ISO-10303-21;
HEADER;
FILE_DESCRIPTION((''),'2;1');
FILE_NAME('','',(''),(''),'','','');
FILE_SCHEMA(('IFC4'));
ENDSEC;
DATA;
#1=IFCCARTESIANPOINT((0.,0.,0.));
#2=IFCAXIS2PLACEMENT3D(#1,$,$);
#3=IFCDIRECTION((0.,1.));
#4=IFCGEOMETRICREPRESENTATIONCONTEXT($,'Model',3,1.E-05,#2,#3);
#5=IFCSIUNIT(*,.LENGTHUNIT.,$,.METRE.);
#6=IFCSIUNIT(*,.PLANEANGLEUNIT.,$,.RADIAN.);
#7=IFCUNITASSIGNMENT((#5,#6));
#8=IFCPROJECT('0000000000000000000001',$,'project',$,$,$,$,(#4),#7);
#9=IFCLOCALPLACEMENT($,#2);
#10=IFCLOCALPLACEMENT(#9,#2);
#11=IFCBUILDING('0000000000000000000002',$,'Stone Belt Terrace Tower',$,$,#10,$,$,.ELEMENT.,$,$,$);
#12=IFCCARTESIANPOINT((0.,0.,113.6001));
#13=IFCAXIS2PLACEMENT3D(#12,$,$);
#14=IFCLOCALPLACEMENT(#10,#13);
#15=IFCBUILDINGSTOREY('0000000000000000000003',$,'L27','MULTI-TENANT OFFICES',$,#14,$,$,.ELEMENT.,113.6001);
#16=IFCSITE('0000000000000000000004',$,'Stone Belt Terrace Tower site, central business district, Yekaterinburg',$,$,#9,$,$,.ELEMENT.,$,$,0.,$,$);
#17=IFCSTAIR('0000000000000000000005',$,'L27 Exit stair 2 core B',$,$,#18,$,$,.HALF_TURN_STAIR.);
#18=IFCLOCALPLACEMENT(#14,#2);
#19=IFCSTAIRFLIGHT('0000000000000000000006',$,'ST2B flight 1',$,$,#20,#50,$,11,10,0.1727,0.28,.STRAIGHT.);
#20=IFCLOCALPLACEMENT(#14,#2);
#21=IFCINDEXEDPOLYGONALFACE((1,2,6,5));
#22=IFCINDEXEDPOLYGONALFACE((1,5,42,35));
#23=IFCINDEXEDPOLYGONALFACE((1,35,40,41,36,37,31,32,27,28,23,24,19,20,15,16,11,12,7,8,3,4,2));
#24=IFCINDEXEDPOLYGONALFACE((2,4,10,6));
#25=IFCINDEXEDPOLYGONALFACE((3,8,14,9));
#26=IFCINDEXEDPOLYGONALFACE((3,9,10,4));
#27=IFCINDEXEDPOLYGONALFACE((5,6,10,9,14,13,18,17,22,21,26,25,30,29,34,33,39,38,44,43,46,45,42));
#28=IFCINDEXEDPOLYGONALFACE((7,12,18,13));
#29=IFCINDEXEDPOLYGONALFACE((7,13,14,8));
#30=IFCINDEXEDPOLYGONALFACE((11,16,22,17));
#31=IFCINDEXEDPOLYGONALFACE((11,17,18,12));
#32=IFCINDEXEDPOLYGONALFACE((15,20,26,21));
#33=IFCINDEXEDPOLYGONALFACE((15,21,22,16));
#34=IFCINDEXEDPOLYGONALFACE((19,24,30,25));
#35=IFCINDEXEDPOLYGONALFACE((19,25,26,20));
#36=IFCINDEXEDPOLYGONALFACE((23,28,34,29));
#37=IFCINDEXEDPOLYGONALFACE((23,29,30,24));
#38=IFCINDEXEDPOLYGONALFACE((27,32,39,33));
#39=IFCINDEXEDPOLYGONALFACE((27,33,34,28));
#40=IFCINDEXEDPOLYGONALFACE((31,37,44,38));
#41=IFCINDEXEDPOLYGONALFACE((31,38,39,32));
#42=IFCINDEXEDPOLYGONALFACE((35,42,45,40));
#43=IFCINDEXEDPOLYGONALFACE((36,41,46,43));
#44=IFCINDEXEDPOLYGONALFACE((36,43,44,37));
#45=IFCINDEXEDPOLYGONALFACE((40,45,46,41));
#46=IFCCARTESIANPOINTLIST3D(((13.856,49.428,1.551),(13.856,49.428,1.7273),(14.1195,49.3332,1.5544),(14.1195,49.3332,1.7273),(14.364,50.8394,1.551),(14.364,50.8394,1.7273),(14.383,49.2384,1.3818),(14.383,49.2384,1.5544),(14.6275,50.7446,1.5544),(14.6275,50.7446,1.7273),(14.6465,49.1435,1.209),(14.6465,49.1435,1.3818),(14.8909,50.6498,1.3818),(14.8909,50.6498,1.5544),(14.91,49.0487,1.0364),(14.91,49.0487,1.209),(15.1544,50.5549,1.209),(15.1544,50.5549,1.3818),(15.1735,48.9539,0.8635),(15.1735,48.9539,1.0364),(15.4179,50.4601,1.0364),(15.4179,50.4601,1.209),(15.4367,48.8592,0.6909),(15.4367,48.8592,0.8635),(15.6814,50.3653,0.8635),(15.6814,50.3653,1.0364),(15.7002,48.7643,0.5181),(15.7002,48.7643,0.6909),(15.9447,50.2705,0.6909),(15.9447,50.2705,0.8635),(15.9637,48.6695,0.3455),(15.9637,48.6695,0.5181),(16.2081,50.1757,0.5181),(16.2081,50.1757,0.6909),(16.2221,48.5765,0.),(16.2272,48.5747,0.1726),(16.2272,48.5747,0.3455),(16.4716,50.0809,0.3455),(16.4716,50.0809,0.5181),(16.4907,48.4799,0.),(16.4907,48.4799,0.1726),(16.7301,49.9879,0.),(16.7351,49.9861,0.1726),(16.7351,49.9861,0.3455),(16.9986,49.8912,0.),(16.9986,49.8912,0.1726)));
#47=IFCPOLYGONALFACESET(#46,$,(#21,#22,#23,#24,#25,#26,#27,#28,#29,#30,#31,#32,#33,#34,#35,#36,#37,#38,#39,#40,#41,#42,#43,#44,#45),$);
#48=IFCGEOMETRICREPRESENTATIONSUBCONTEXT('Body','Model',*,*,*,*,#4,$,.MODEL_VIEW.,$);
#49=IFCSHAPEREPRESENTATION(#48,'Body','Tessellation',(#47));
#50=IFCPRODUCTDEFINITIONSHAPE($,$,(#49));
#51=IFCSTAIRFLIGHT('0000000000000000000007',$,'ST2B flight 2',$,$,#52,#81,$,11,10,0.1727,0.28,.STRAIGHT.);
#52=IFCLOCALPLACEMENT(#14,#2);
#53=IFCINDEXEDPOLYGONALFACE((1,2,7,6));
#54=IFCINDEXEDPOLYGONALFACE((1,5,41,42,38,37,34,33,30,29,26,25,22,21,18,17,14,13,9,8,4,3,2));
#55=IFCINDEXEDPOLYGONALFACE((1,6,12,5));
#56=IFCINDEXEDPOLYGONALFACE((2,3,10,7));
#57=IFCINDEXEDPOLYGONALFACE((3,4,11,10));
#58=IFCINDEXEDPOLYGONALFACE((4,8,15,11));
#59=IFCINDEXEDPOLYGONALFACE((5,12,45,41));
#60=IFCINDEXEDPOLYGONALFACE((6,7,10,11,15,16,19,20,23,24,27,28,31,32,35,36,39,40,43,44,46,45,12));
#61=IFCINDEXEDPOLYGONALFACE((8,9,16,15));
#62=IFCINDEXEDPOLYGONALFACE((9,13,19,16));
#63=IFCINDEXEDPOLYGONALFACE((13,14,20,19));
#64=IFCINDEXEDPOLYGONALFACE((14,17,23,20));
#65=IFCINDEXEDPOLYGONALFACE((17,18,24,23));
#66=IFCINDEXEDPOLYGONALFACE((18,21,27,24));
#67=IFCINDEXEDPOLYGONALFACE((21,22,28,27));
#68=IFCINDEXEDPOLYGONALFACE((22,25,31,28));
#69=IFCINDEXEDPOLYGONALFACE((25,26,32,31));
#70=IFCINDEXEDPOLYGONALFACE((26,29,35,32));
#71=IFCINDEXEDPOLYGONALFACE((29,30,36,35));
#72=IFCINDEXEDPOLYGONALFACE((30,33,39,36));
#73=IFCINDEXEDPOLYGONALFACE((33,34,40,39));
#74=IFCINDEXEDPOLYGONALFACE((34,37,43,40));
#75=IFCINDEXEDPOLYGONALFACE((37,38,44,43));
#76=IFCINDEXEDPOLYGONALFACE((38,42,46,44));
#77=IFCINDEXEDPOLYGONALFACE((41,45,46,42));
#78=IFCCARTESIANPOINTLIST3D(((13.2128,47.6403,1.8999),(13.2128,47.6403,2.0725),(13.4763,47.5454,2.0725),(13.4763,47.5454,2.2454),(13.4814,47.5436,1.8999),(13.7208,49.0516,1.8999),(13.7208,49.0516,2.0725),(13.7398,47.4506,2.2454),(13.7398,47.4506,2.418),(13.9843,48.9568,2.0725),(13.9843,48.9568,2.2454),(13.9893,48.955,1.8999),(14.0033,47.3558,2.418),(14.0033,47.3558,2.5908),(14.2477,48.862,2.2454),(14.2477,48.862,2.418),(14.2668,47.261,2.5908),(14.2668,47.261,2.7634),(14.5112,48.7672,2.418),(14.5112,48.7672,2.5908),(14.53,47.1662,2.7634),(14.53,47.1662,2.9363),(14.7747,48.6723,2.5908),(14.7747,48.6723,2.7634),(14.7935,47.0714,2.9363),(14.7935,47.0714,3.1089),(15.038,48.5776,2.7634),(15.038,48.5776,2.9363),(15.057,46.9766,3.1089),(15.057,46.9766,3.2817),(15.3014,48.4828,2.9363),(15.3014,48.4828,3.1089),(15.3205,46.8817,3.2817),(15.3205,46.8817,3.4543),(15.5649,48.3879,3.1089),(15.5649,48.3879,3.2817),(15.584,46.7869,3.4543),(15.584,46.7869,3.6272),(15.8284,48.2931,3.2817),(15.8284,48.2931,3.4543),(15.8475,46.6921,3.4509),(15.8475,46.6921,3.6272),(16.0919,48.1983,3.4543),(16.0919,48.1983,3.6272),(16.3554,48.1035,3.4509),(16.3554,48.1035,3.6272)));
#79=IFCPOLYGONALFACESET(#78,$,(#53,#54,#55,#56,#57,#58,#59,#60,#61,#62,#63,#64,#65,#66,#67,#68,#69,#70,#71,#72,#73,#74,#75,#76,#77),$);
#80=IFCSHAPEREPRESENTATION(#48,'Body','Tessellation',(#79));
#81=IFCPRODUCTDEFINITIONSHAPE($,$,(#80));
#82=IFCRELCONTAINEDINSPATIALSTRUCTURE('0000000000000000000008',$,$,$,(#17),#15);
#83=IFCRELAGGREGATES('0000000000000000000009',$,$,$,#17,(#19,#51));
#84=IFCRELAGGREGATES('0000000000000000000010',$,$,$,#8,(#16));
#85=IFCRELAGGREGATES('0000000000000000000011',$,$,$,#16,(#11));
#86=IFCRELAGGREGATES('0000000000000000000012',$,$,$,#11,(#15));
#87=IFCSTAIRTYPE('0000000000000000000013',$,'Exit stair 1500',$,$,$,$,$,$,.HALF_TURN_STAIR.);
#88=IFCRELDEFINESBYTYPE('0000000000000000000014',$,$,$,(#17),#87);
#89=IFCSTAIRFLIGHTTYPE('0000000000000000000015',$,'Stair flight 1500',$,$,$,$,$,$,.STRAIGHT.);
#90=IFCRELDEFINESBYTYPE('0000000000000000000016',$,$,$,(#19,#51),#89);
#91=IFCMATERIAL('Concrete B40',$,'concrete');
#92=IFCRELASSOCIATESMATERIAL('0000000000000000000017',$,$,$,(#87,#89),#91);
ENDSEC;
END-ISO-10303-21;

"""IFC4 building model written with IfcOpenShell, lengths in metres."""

from ifc_helpers import new_model, si_unit, direction, frame, origin, place, context, subcontext, project, spatial, polyline, outline, extrude, material, type_object, element, aggregate, save


model = new_model("IFC4")

# Units and contexts
model_context = context("Model", 3, precision=1e-05, world=origin(), true_north=direction((0.0, 1.0)))
body_context = subcontext(model_context, "Body", "Model", "MODEL_VIEW")
ifc_project = project(units=[si_unit("LENGTHUNIT", "METRE"), si_unit("PLANEANGLEUNIT", "RADIAN")], contexts=[model_context])

# Site, building, storey
site_placement = place(None, origin())
site = spatial("IfcSite", under=ifc_project, at=site_placement, Name="Stone Belt Terrace Tower site, central business district, Yekaterinburg", CompositionType="ELEMENT", RefElevation=0.0)
building_placement = place(site_placement, origin())
building = spatial("IfcBuilding", under=site, at=building_placement, Name="Stone Belt Terrace Tower", CompositionType="ELEMENT")
storey_placement = place(building_placement, frame((0.0, 0.0, 113.6001)))
storey = spatial("IfcBuildingStorey", under=building, at=storey_placement, Name="L27", Description="MULTI-TENANT OFFICES", CompositionType="ELEMENT", Elevation=113.6001)

# Stair, stair flights
ifc_material_1 = material(Name="Concrete B40", Category="concrete")
stair_type = type_object("IfcStairType", Name="Exit stair 1500", PredefinedType="HALF_TURN_STAIR", material=ifc_material_1)
stair_placement = place(storey_placement, origin())
stair = element("IfcStair", 1, at=stair_placement, inside=storey, type_object=stair_type, Name="L27 Exit stair 2 core B", PredefinedType="HALF_TURN_STAIR")
stair_flight_type = type_object("IfcStairFlightType", Name="Stair flight 1500", PredefinedType="STRAIGHT", material=ifc_material_1)
stair_flight_1_placement = place(storey_placement, frame((16.7446, 49.1855, 0.0), z_axis=(0.0, 0.0, 1.0), x_axis=(-0.940922, 0.338624, 0.0)))
stair_flight_1 = element("IfcStairFlight", 2, at=stair_flight_1_placement, type_object=stair_flight_type, Name="ST2B flight 1", NumberOfRisers=11, NumberOfTreads=10, PredefinedType="STRAIGHT", RiserHeight=0.1727, TreadLength=0.28, context=body_context, shape_type="SweptSolid", body=[
    extrude(outline(polyline([(0.0, 0.0), (0.0, 0.1726), (0.28, 0.1726), (0.28, 0.3455), (0.5601, 0.3455), (0.5601, 0.5181), (0.8401, 0.5181), (0.8401, 0.6909), (1.1201, 0.6909), (1.1201, 0.8635), (1.3999, 0.8635), (1.3999, 1.0364), (1.6799, 1.0364), (1.6799, 1.209), (1.96, 1.209), (1.96, 1.3818), (2.24, 1.3818), (2.24, 1.5544), (2.52, 1.5544), (2.52, 1.7273), (2.8, 1.7273), (2.8, 1.8999), (2.8, 1.551), (0.2854, 0.0), (0.0, 0.0)])), frame((0.0, 0.75, 0.0), z_axis=(0.0, -1.0, 0.0), x_axis=(1.0, 0.0, 0.0)), (0.0, 0.0, 1.0), 1.5),
])
stair_flight_2_placement = place(storey_placement, frame((13.4668, 48.3459, 1.8999), z_axis=(0.0, 0.0, 1.0), x_axis=(0.940922, -0.338624, 0.0)))
stair_flight_2 = element("IfcStairFlight", 3, at=stair_flight_2_placement, type_object=stair_flight_type, Name="ST2B flight 2", NumberOfRisers=11, NumberOfTreads=10, PredefinedType="STRAIGHT", RiserHeight=0.1727, TreadLength=0.28, context=body_context, shape_type="SweptSolid", body=[
    extrude(outline(polyline([(0.0, 0.0), (0.0, 0.1726), (0.28, 0.1726), (0.28, 0.3455), (0.5601, 0.3455), (0.5601, 0.5181), (0.8401, 0.5181), (0.8401, 0.6909), (1.1201, 0.6909), (1.1201, 0.8635), (1.3999, 0.8635), (1.3999, 1.0364), (1.6799, 1.0364), (1.6799, 1.209), (1.96, 1.209), (1.96, 1.3818), (2.24, 1.3818), (2.24, 1.5544), (2.52, 1.5544), (2.52, 1.7273), (2.8, 1.7273), (2.8, 1.8999), (2.8, 1.551), (0.2854, 0.0), (0.0, 0.0)])), frame((0.0, 0.75, 0.0), z_axis=(0.0, -1.0, 0.0), x_axis=(1.0, 0.0, 0.0)), (0.0, 0.0, 1.0), 1.5),
])
aggregate(stair, [stair_flight_1, stair_flight_2])

save(model, "model.ifc")
